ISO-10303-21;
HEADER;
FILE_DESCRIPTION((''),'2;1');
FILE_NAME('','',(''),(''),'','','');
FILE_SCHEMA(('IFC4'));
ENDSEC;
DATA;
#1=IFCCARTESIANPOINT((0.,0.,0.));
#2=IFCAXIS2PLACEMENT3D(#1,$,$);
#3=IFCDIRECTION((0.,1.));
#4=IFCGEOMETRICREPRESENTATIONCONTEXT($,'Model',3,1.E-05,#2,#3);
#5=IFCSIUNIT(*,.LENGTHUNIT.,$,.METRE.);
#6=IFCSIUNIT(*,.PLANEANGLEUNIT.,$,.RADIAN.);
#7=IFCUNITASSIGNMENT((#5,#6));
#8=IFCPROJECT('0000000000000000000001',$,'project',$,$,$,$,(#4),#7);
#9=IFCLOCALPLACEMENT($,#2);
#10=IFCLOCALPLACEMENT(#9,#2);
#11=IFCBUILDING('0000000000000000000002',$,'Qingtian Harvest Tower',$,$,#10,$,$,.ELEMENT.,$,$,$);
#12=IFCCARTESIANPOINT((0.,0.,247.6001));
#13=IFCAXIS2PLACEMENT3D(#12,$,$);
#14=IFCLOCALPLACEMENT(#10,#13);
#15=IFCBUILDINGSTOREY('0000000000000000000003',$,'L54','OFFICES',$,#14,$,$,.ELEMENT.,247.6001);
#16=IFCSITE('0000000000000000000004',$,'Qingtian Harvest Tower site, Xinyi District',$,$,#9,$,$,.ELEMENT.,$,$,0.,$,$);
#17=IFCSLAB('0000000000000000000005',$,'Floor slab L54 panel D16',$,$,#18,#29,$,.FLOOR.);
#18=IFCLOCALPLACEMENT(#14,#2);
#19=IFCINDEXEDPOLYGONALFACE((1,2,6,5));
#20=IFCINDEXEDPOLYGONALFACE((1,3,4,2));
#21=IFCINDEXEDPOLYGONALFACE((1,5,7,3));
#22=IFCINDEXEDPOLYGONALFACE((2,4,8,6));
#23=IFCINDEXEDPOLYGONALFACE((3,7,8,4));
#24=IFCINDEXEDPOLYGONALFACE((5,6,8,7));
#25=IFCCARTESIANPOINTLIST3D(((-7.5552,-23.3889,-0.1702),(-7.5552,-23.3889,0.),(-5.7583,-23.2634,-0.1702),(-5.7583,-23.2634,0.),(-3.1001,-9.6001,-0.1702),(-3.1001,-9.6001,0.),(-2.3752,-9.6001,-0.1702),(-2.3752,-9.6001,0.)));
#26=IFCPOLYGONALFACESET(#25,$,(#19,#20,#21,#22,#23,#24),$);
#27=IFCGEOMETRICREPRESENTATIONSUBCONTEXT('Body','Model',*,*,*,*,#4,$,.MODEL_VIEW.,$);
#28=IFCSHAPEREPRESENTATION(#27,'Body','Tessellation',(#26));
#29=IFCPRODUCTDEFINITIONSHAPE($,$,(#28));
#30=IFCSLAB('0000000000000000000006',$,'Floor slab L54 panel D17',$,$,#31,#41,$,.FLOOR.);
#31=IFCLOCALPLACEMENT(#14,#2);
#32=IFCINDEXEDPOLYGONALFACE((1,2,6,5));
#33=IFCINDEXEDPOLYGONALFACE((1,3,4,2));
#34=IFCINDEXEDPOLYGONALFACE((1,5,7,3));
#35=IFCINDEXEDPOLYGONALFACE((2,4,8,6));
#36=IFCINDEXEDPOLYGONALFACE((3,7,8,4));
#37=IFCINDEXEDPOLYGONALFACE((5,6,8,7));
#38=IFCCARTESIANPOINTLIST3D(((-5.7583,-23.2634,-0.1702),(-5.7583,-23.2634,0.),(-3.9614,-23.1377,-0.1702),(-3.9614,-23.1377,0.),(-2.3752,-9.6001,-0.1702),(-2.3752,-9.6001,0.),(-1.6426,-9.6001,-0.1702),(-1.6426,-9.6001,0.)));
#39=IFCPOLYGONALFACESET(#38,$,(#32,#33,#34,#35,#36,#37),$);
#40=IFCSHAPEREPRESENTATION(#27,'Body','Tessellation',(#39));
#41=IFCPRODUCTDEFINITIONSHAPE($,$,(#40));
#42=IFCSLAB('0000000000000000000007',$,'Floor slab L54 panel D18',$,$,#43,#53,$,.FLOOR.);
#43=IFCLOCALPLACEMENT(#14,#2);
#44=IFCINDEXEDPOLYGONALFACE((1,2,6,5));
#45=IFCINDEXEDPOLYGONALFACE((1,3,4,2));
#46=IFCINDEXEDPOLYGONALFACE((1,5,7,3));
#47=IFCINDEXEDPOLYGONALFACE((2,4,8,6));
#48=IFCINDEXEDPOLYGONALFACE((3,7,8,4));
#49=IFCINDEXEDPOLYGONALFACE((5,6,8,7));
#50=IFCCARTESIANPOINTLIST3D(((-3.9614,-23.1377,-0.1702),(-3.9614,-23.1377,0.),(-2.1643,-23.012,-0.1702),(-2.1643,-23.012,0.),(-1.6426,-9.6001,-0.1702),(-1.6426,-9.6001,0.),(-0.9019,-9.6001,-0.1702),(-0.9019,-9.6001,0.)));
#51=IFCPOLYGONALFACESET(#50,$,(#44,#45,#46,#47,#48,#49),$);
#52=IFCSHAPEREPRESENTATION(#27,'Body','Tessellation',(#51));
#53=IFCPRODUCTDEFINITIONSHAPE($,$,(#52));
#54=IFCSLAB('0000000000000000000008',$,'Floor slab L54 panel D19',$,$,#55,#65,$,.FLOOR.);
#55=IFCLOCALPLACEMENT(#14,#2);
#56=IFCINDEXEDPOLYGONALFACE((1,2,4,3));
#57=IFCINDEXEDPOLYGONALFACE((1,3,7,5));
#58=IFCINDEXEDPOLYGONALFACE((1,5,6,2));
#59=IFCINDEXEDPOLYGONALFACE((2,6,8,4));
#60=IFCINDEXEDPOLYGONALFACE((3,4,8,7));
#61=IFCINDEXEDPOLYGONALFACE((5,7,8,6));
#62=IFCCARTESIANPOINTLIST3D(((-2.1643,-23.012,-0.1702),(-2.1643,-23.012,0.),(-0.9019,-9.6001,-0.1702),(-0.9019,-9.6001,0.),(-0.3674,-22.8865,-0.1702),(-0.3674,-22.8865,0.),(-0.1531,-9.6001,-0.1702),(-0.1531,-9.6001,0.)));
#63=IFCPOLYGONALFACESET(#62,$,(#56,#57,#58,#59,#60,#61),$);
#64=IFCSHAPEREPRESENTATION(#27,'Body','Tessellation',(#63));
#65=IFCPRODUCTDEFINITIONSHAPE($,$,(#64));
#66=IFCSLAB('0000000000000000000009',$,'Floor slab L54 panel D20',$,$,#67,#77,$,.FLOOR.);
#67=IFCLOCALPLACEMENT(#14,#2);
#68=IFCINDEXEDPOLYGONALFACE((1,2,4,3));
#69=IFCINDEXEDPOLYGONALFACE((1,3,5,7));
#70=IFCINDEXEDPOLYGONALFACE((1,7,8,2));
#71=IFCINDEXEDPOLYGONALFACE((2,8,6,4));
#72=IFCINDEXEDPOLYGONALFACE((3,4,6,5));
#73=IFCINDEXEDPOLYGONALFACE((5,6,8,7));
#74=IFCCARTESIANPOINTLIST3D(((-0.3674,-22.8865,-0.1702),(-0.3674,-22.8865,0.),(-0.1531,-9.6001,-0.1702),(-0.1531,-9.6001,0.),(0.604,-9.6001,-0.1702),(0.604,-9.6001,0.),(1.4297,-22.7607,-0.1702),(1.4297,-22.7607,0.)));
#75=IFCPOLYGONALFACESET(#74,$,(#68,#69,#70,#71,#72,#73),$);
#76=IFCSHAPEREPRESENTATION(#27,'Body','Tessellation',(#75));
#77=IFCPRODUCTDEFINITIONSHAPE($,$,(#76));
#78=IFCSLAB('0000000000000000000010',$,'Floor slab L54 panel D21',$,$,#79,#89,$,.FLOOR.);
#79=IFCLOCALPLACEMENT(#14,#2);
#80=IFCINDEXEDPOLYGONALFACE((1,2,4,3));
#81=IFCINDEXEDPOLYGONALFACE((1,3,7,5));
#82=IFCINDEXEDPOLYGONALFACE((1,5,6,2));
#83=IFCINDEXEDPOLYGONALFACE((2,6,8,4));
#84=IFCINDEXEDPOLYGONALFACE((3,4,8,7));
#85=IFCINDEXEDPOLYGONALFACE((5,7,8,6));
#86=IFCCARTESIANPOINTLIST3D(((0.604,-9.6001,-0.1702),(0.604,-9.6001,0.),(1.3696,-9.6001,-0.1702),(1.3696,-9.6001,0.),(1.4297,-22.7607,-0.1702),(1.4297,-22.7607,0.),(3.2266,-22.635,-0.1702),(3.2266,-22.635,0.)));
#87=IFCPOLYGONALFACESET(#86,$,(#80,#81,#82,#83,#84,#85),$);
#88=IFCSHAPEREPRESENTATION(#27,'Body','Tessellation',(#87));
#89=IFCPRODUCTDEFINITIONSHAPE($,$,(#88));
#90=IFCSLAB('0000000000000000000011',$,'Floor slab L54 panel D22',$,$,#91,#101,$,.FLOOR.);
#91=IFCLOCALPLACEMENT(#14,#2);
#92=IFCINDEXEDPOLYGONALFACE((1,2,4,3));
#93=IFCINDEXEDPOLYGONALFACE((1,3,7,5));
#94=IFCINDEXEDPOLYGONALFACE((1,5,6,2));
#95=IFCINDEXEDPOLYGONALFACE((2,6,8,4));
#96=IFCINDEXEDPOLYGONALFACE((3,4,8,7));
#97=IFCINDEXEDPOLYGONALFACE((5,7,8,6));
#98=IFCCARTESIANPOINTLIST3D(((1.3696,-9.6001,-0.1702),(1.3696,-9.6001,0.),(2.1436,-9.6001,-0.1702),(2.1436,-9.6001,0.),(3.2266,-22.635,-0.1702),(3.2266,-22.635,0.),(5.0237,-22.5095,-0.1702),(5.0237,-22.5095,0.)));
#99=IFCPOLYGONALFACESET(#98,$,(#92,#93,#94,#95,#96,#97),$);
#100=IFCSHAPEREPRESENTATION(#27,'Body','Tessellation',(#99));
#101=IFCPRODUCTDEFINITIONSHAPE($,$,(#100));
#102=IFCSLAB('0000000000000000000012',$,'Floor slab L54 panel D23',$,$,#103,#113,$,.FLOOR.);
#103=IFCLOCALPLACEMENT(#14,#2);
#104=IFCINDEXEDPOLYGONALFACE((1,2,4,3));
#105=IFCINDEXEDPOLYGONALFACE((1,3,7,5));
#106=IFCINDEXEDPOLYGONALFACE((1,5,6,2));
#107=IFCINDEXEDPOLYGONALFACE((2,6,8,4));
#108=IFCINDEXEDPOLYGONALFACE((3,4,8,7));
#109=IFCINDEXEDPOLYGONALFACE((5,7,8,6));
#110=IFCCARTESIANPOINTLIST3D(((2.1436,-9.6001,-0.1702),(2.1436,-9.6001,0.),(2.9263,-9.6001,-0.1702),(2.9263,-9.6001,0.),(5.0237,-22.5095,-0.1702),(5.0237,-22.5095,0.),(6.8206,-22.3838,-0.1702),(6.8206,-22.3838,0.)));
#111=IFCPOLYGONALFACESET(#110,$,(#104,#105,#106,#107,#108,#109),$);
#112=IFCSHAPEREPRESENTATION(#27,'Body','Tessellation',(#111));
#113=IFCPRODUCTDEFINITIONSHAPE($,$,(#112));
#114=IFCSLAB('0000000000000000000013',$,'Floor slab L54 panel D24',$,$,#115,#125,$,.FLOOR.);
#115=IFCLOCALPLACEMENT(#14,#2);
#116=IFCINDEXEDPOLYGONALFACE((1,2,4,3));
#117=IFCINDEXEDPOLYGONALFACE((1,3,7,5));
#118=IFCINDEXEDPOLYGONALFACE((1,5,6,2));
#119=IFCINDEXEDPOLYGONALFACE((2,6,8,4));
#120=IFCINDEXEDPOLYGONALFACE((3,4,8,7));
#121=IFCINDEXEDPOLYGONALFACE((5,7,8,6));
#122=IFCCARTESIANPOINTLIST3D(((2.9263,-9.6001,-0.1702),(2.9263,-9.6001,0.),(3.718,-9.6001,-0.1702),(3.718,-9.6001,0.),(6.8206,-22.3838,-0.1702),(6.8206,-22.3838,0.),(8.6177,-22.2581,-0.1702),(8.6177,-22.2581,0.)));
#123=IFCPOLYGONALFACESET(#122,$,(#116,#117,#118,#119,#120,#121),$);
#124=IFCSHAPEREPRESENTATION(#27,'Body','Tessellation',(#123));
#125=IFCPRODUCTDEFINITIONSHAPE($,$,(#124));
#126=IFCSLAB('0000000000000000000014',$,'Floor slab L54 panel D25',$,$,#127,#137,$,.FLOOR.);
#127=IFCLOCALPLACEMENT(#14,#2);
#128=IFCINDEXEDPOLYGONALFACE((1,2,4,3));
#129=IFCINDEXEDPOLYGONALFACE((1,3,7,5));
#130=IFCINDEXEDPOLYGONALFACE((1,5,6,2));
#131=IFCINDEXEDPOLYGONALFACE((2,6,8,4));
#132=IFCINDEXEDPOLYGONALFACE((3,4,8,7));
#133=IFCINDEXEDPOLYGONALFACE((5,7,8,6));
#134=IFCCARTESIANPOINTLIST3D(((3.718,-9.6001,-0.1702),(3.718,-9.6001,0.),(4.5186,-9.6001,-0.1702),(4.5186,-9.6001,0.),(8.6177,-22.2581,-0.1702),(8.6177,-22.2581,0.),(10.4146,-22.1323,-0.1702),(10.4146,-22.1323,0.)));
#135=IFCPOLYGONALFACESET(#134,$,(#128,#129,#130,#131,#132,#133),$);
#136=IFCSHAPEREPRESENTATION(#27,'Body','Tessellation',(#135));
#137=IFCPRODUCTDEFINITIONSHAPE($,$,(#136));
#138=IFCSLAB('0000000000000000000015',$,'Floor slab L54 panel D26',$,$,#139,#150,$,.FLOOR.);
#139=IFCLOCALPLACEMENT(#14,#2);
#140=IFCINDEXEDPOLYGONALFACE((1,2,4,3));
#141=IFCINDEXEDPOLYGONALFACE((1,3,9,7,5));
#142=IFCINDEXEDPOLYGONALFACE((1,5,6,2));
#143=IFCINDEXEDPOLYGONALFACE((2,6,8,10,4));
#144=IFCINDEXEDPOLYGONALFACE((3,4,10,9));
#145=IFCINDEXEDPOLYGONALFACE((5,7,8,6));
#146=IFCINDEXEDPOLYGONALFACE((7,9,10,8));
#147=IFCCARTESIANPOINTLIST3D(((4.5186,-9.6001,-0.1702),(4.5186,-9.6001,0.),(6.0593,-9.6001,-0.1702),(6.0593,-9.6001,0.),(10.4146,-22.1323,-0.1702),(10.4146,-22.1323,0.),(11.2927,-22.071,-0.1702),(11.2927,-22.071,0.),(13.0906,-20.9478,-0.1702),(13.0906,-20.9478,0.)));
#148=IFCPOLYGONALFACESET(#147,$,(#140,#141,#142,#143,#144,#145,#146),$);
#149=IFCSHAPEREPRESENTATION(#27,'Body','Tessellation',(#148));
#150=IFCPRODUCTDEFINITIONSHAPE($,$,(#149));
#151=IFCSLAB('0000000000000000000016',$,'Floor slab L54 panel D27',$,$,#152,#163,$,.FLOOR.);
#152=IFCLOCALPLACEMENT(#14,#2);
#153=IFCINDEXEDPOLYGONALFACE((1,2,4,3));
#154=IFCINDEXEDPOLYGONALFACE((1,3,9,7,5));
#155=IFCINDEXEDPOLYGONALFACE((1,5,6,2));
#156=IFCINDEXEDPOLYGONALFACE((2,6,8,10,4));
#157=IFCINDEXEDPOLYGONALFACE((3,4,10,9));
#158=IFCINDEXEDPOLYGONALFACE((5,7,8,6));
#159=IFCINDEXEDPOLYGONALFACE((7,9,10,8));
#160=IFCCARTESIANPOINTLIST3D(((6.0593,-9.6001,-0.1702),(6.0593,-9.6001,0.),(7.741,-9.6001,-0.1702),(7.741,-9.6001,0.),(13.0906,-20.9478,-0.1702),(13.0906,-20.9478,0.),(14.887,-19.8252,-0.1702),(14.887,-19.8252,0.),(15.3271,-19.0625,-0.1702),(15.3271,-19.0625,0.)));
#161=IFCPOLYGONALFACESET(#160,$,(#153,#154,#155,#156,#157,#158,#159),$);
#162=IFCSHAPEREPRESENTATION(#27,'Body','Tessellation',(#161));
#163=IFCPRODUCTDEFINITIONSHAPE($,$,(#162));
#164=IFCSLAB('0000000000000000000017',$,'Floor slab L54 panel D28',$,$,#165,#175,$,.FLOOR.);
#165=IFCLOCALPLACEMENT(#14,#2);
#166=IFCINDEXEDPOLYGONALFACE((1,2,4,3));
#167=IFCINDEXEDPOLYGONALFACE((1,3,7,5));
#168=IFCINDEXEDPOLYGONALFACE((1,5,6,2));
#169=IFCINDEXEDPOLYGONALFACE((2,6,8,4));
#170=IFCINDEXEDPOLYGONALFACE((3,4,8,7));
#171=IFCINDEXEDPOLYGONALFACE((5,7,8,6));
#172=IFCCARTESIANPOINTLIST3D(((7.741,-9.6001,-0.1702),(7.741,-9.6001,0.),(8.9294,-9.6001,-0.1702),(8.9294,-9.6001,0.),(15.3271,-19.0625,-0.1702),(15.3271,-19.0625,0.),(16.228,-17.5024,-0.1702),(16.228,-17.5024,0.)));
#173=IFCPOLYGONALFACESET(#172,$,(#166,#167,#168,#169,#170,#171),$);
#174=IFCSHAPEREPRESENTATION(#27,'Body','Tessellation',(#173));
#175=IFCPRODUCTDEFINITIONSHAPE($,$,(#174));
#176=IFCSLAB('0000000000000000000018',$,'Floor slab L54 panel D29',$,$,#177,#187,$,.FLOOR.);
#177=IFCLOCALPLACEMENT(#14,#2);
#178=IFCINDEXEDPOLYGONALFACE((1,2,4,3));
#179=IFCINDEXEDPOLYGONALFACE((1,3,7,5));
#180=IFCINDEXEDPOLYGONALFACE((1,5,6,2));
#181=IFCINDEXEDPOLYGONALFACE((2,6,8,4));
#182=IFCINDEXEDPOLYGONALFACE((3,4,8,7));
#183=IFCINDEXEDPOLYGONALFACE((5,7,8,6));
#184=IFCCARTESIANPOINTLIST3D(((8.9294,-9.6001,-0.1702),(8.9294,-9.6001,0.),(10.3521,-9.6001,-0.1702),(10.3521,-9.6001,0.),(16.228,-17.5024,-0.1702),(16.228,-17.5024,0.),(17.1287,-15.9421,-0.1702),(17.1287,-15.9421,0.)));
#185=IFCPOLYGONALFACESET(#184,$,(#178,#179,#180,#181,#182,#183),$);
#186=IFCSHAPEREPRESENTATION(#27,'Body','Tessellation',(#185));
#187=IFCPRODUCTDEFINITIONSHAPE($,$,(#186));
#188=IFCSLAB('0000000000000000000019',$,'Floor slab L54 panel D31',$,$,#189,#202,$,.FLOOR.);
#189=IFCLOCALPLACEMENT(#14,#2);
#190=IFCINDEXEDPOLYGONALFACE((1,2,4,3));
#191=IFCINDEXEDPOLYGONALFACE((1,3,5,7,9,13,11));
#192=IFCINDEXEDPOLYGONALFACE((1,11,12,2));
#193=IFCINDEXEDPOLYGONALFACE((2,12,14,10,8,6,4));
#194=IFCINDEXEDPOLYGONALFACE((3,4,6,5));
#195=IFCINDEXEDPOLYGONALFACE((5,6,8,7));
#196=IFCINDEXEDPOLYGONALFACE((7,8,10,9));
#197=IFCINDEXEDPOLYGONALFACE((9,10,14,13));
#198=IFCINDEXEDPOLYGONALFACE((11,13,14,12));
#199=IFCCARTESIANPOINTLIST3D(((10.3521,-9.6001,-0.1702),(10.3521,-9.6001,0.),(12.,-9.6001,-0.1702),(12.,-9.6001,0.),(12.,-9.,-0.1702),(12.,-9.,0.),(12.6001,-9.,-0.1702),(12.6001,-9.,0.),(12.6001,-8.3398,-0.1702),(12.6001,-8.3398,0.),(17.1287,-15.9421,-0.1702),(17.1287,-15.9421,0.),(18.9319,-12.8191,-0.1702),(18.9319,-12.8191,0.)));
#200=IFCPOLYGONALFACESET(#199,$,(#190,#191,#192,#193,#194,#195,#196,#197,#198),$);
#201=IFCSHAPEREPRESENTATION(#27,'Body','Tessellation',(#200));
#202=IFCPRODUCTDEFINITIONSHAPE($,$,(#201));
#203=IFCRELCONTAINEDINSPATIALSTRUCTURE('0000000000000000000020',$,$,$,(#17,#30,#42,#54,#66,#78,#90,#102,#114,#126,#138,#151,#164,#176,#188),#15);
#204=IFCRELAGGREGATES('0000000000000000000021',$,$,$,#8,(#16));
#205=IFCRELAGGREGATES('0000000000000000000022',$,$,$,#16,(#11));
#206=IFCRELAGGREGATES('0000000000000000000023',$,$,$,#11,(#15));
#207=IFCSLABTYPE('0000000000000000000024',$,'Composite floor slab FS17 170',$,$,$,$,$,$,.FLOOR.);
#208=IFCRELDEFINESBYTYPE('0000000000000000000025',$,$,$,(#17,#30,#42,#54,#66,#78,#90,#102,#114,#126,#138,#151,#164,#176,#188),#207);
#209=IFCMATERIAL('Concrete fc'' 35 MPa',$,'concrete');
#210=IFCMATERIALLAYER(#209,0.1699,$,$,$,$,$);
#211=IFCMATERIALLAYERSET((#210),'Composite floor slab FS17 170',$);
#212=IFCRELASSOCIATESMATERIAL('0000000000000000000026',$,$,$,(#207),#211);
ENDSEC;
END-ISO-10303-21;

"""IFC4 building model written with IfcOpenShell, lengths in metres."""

from ifc_helpers import new_model, si_unit, direction, frame, origin, place, context, subcontext, project, spatial, polyline, outline, extrude, material, layer, layer_set, type_object, element, save


model = new_model("IFC4")

# Units and contexts
model_context = context("Model", 3, precision=1e-05, world=origin(), true_north=direction((0.0, 1.0)))
body_context = subcontext(model_context, "Body", "Model", "MODEL_VIEW")
ifc_project = project(units=[si_unit("LENGTHUNIT", "METRE"), si_unit("PLANEANGLEUNIT", "RADIAN")], contexts=[model_context])

# Site, building, storey
site_placement = place(None, origin())
site = spatial("IfcSite", under=ifc_project, at=site_placement, Name="Qingtian Harvest Tower site, Xinyi District", CompositionType="ELEMENT", RefElevation=0.0)
building_placement = place(site_placement, origin())
building = spatial("IfcBuilding", under=site, at=building_placement, Name="Qingtian Harvest Tower", CompositionType="ELEMENT")
storey_placement = place(building_placement, frame((0.0, 0.0, 247.6001)))
storey = spatial("IfcBuildingStorey", under=building, at=storey_placement, Name="L54", Description="OFFICES", CompositionType="ELEMENT", Elevation=247.6001)

# Slabs
ifc_material_1 = material(Name="Concrete fc' 35 MPa", Category="concrete")
ifc_layer_1 = layer(ifc_material_1, 0.1699)
ifc_layer_set_1 = layer_set([ifc_layer_1], Name="Composite floor slab FS17 170")
slab_type = type_object("IfcSlabType", Name="Composite floor slab FS17 170", PredefinedType="FLOOR", material=ifc_layer_set_1)
slab_1_placement = place(storey_placement, frame((0.0, 0.0, -0.1702)))
element("IfcSlab", 1, at=slab_1_placement, inside=storey, type_object=slab_type, Name="Floor slab L54 panel D16", PredefinedType="FLOOR", context=body_context, shape_type="SweptSolid", body=[
    extrude(outline(polyline([(-2.3752, -9.6001), (-5.7583, -23.2634), (-7.5552, -23.3889), (-3.1001, -9.6001), (-2.3752, -9.6001)])), origin(), (0.0, 0.0, 1.0), 0.1702),
])
slab_2_placement = place(storey_placement, frame((0.0, 0.0, -0.1702)))
element("IfcSlab", 2, at=slab_2_placement, inside=storey, type_object=slab_type, Name="Floor slab L54 panel D17", PredefinedType="FLOOR", context=body_context, shape_type="SweptSolid", body=[
    extrude(outline(polyline([(-1.6426, -9.6001), (-3.9614, -23.1377), (-5.7583, -23.2634), (-2.3752, -9.6001), (-1.6426, -9.6001)])), origin(), (0.0, 0.0, 1.0), 0.1702),
])
slab_3_placement = place(storey_placement, frame((0.0, 0.0, -0.1702)))
element("IfcSlab", 3, at=slab_3_placement, inside=storey, type_object=slab_type, Name="Floor slab L54 panel D18", PredefinedType="FLOOR", context=body_context, shape_type="SweptSolid", body=[
    extrude(outline(polyline([(-0.9019, -9.6001), (-2.1643, -23.012), (-3.9614, -23.1377), (-1.6426, -9.6001), (-0.9019, -9.6001)])), origin(), (0.0, 0.0, 1.0), 0.1702),
])
slab_4_placement = place(storey_placement, frame((0.0, 0.0, -0.1702)))
element("IfcSlab", 4, at=slab_4_placement, inside=storey, type_object=slab_type, Name="Floor slab L54 panel D19", PredefinedType="FLOOR", context=body_context, shape_type="SweptSolid", body=[
    extrude(outline(polyline([(-0.1531, -9.6001), (-0.3674, -22.8865), (-2.1643, -23.012), (-0.9019, -9.6001), (-0.1531, -9.6001)])), origin(), (0.0, 0.0, 1.0), 0.1702),
])
slab_5_placement = place(storey_placement, frame((0.0, 0.0, -0.1702)))
element("IfcSlab", 5, at=slab_5_placement, inside=storey, type_object=slab_type, Name="Floor slab L54 panel D20", PredefinedType="FLOOR", context=body_context, shape_type="SweptSolid", body=[
    extrude(outline(polyline([(0.604, -9.6001), (1.4297, -22.7607), (-0.3674, -22.8865), (-0.1531, -9.6001), (0.604, -9.6001)])), origin(), (0.0, 0.0, 1.0), 0.1702),
])
slab_6_placement = place(storey_placement, frame((0.0, 0.0, -0.1702)))
element("IfcSlab", 6, at=slab_6_placement, inside=storey, type_object=slab_type, Name="Floor slab L54 panel D21", PredefinedType="FLOOR", context=body_context, shape_type="SweptSolid", body=[
    extrude(outline(polyline([(1.3696, -9.6001), (3.2266, -22.635), (1.4297, -22.7607), (0.604, -9.6001), (1.3696, -9.6001)])), origin(), (0.0, 0.0, 1.0), 0.1702),
])
slab_7_placement = place(storey_placement, frame((0.0, 0.0, -0.1702)))
element("IfcSlab", 7, at=slab_7_placement, inside=storey, type_object=slab_type, Name="Floor slab L54 panel D22", PredefinedType="FLOOR", context=body_context, shape_type="SweptSolid", body=[
    extrude(outline(polyline([(2.1436, -9.6001), (5.0237, -22.5095), (3.2266, -22.635), (1.3696, -9.6001), (2.1436, -9.6001)])), origin(), (0.0, 0.0, 1.0), 0.1702),
])
slab_8_placement = place(storey_placement, frame((0.0, 0.0, -0.1702)))
element("IfcSlab", 8, at=slab_8_placement, inside=storey, type_object=slab_type, Name="Floor slab L54 panel D23", PredefinedType="FLOOR", context=body_context, shape_type="SweptSolid", body=[
    extrude(outline(polyline([(2.9263, -9.6001), (6.8206, -22.3838), (5.0237, -22.5095), (2.1436, -9.6001), (2.9263, -9.6001)])), origin(), (0.0, 0.0, 1.0), 0.1702),
])
slab_9_placement = place(storey_placement, frame((0.0, 0.0, -0.1702)))
element("IfcSlab", 9, at=slab_9_placement, inside=storey, type_object=slab_type, Name="Floor slab L54 panel D24", PredefinedType="FLOOR", context=body_context, shape_type="SweptSolid", body=[
    extrude(outline(polyline([(3.718, -9.6001), (8.6177, -22.2581), (6.8206, -22.3838), (2.9263, -9.6001), (3.718, -9.6001)])), origin(), (0.0, 0.0, 1.0), 0.1702),
])
slab_10_placement = place(storey_placement, frame((0.0, 0.0, -0.1702)))
element("IfcSlab", 10, at=slab_10_placement, inside=storey, type_object=slab_type, Name="Floor slab L54 panel D25", PredefinedType="FLOOR", context=body_context, shape_type="SweptSolid", body=[
    extrude(outline(polyline([(4.5186, -9.6001), (10.4146, -22.1323), (8.6177, -22.2581), (3.718, -9.6001), (4.5186, -9.6001)])), origin(), (0.0, 0.0, 1.0), 0.1702),
])
slab_11_placement = place(storey_placement, frame((0.0, 0.0, -0.1702)))
element("IfcSlab", 11, at=slab_11_placement, inside=storey, type_object=slab_type, Name="Floor slab L54 panel D26", PredefinedType="FLOOR", context=body_context, shape_type="SweptSolid", body=[
    extrude(outline(polyline([(4.5186, -9.6001), (6.0593, -9.6001), (13.0906, -20.9478), (11.2927, -22.071), (10.4146, -22.1323), (4.5186, -9.6001)])), origin(), (0.0, 0.0, 1.0), 0.1702),
])
slab_12_placement = place(storey_placement, frame((0.0, 0.0, -0.1702)))
element("IfcSlab", 12, at=slab_12_placement, inside=storey, type_object=slab_type, Name="Floor slab L54 panel D27", PredefinedType="FLOOR", context=body_context, shape_type="SweptSolid", body=[
    extrude(outline(polyline([(6.0593, -9.6001), (7.741, -9.6001), (15.3271, -19.0625), (14.887, -19.8252), (13.0906, -20.9478), (6.0593, -9.6001)])), origin(), (0.0, 0.0, 1.0), 0.1702),
])
slab_13_placement = place(storey_placement, frame((0.0, 0.0, -0.1702)))
element("IfcSlab", 13, at=slab_13_placement, inside=storey, type_object=slab_type, Name="Floor slab L54 panel D28", PredefinedType="FLOOR", context=body_context, shape_type="SweptSolid", body=[
    extrude(outline(polyline([(8.9294, -9.6001), (16.228, -17.5024), (15.3271, -19.0625), (7.741, -9.6001), (8.9294, -9.6001)])), origin(), (0.0, 0.0, 1.0), 0.1702),
])
slab_14_placement = place(storey_placement, frame((0.0, 0.0, -0.1702)))
element("IfcSlab", 14, at=slab_14_placement, inside=storey, type_object=slab_type, Name="Floor slab L54 panel D29", PredefinedType="FLOOR", context=body_context, shape_type="SweptSolid", body=[
    extrude(outline(polyline([(10.3521, -9.6001), (17.1287, -15.9421), (16.228, -17.5024), (8.9294, -9.6001), (10.3521, -9.6001)])), origin(), (0.0, 0.0, 1.0), 0.1702),
])
slab_15_placement = place(storey_placement, frame((0.0, 0.0, -0.1702)))
element("IfcSlab", 15, at=slab_15_placement, inside=storey, type_object=slab_type, Name="Floor slab L54 panel D31", PredefinedType="FLOOR", context=body_context, shape_type="SweptSolid", body=[
    extrude(outline(polyline([(12.6001, -8.3398), (18.9319, -12.8191), (17.1287, -15.9421), (10.3521, -9.6001), (12.0, -9.6001), (12.0, -9.0), (12.6001, -9.0), (12.6001, -8.3398)])), origin(), (0.0, 0.0, 1.0), 0.1702),
])

save(model, "model.ifc")
